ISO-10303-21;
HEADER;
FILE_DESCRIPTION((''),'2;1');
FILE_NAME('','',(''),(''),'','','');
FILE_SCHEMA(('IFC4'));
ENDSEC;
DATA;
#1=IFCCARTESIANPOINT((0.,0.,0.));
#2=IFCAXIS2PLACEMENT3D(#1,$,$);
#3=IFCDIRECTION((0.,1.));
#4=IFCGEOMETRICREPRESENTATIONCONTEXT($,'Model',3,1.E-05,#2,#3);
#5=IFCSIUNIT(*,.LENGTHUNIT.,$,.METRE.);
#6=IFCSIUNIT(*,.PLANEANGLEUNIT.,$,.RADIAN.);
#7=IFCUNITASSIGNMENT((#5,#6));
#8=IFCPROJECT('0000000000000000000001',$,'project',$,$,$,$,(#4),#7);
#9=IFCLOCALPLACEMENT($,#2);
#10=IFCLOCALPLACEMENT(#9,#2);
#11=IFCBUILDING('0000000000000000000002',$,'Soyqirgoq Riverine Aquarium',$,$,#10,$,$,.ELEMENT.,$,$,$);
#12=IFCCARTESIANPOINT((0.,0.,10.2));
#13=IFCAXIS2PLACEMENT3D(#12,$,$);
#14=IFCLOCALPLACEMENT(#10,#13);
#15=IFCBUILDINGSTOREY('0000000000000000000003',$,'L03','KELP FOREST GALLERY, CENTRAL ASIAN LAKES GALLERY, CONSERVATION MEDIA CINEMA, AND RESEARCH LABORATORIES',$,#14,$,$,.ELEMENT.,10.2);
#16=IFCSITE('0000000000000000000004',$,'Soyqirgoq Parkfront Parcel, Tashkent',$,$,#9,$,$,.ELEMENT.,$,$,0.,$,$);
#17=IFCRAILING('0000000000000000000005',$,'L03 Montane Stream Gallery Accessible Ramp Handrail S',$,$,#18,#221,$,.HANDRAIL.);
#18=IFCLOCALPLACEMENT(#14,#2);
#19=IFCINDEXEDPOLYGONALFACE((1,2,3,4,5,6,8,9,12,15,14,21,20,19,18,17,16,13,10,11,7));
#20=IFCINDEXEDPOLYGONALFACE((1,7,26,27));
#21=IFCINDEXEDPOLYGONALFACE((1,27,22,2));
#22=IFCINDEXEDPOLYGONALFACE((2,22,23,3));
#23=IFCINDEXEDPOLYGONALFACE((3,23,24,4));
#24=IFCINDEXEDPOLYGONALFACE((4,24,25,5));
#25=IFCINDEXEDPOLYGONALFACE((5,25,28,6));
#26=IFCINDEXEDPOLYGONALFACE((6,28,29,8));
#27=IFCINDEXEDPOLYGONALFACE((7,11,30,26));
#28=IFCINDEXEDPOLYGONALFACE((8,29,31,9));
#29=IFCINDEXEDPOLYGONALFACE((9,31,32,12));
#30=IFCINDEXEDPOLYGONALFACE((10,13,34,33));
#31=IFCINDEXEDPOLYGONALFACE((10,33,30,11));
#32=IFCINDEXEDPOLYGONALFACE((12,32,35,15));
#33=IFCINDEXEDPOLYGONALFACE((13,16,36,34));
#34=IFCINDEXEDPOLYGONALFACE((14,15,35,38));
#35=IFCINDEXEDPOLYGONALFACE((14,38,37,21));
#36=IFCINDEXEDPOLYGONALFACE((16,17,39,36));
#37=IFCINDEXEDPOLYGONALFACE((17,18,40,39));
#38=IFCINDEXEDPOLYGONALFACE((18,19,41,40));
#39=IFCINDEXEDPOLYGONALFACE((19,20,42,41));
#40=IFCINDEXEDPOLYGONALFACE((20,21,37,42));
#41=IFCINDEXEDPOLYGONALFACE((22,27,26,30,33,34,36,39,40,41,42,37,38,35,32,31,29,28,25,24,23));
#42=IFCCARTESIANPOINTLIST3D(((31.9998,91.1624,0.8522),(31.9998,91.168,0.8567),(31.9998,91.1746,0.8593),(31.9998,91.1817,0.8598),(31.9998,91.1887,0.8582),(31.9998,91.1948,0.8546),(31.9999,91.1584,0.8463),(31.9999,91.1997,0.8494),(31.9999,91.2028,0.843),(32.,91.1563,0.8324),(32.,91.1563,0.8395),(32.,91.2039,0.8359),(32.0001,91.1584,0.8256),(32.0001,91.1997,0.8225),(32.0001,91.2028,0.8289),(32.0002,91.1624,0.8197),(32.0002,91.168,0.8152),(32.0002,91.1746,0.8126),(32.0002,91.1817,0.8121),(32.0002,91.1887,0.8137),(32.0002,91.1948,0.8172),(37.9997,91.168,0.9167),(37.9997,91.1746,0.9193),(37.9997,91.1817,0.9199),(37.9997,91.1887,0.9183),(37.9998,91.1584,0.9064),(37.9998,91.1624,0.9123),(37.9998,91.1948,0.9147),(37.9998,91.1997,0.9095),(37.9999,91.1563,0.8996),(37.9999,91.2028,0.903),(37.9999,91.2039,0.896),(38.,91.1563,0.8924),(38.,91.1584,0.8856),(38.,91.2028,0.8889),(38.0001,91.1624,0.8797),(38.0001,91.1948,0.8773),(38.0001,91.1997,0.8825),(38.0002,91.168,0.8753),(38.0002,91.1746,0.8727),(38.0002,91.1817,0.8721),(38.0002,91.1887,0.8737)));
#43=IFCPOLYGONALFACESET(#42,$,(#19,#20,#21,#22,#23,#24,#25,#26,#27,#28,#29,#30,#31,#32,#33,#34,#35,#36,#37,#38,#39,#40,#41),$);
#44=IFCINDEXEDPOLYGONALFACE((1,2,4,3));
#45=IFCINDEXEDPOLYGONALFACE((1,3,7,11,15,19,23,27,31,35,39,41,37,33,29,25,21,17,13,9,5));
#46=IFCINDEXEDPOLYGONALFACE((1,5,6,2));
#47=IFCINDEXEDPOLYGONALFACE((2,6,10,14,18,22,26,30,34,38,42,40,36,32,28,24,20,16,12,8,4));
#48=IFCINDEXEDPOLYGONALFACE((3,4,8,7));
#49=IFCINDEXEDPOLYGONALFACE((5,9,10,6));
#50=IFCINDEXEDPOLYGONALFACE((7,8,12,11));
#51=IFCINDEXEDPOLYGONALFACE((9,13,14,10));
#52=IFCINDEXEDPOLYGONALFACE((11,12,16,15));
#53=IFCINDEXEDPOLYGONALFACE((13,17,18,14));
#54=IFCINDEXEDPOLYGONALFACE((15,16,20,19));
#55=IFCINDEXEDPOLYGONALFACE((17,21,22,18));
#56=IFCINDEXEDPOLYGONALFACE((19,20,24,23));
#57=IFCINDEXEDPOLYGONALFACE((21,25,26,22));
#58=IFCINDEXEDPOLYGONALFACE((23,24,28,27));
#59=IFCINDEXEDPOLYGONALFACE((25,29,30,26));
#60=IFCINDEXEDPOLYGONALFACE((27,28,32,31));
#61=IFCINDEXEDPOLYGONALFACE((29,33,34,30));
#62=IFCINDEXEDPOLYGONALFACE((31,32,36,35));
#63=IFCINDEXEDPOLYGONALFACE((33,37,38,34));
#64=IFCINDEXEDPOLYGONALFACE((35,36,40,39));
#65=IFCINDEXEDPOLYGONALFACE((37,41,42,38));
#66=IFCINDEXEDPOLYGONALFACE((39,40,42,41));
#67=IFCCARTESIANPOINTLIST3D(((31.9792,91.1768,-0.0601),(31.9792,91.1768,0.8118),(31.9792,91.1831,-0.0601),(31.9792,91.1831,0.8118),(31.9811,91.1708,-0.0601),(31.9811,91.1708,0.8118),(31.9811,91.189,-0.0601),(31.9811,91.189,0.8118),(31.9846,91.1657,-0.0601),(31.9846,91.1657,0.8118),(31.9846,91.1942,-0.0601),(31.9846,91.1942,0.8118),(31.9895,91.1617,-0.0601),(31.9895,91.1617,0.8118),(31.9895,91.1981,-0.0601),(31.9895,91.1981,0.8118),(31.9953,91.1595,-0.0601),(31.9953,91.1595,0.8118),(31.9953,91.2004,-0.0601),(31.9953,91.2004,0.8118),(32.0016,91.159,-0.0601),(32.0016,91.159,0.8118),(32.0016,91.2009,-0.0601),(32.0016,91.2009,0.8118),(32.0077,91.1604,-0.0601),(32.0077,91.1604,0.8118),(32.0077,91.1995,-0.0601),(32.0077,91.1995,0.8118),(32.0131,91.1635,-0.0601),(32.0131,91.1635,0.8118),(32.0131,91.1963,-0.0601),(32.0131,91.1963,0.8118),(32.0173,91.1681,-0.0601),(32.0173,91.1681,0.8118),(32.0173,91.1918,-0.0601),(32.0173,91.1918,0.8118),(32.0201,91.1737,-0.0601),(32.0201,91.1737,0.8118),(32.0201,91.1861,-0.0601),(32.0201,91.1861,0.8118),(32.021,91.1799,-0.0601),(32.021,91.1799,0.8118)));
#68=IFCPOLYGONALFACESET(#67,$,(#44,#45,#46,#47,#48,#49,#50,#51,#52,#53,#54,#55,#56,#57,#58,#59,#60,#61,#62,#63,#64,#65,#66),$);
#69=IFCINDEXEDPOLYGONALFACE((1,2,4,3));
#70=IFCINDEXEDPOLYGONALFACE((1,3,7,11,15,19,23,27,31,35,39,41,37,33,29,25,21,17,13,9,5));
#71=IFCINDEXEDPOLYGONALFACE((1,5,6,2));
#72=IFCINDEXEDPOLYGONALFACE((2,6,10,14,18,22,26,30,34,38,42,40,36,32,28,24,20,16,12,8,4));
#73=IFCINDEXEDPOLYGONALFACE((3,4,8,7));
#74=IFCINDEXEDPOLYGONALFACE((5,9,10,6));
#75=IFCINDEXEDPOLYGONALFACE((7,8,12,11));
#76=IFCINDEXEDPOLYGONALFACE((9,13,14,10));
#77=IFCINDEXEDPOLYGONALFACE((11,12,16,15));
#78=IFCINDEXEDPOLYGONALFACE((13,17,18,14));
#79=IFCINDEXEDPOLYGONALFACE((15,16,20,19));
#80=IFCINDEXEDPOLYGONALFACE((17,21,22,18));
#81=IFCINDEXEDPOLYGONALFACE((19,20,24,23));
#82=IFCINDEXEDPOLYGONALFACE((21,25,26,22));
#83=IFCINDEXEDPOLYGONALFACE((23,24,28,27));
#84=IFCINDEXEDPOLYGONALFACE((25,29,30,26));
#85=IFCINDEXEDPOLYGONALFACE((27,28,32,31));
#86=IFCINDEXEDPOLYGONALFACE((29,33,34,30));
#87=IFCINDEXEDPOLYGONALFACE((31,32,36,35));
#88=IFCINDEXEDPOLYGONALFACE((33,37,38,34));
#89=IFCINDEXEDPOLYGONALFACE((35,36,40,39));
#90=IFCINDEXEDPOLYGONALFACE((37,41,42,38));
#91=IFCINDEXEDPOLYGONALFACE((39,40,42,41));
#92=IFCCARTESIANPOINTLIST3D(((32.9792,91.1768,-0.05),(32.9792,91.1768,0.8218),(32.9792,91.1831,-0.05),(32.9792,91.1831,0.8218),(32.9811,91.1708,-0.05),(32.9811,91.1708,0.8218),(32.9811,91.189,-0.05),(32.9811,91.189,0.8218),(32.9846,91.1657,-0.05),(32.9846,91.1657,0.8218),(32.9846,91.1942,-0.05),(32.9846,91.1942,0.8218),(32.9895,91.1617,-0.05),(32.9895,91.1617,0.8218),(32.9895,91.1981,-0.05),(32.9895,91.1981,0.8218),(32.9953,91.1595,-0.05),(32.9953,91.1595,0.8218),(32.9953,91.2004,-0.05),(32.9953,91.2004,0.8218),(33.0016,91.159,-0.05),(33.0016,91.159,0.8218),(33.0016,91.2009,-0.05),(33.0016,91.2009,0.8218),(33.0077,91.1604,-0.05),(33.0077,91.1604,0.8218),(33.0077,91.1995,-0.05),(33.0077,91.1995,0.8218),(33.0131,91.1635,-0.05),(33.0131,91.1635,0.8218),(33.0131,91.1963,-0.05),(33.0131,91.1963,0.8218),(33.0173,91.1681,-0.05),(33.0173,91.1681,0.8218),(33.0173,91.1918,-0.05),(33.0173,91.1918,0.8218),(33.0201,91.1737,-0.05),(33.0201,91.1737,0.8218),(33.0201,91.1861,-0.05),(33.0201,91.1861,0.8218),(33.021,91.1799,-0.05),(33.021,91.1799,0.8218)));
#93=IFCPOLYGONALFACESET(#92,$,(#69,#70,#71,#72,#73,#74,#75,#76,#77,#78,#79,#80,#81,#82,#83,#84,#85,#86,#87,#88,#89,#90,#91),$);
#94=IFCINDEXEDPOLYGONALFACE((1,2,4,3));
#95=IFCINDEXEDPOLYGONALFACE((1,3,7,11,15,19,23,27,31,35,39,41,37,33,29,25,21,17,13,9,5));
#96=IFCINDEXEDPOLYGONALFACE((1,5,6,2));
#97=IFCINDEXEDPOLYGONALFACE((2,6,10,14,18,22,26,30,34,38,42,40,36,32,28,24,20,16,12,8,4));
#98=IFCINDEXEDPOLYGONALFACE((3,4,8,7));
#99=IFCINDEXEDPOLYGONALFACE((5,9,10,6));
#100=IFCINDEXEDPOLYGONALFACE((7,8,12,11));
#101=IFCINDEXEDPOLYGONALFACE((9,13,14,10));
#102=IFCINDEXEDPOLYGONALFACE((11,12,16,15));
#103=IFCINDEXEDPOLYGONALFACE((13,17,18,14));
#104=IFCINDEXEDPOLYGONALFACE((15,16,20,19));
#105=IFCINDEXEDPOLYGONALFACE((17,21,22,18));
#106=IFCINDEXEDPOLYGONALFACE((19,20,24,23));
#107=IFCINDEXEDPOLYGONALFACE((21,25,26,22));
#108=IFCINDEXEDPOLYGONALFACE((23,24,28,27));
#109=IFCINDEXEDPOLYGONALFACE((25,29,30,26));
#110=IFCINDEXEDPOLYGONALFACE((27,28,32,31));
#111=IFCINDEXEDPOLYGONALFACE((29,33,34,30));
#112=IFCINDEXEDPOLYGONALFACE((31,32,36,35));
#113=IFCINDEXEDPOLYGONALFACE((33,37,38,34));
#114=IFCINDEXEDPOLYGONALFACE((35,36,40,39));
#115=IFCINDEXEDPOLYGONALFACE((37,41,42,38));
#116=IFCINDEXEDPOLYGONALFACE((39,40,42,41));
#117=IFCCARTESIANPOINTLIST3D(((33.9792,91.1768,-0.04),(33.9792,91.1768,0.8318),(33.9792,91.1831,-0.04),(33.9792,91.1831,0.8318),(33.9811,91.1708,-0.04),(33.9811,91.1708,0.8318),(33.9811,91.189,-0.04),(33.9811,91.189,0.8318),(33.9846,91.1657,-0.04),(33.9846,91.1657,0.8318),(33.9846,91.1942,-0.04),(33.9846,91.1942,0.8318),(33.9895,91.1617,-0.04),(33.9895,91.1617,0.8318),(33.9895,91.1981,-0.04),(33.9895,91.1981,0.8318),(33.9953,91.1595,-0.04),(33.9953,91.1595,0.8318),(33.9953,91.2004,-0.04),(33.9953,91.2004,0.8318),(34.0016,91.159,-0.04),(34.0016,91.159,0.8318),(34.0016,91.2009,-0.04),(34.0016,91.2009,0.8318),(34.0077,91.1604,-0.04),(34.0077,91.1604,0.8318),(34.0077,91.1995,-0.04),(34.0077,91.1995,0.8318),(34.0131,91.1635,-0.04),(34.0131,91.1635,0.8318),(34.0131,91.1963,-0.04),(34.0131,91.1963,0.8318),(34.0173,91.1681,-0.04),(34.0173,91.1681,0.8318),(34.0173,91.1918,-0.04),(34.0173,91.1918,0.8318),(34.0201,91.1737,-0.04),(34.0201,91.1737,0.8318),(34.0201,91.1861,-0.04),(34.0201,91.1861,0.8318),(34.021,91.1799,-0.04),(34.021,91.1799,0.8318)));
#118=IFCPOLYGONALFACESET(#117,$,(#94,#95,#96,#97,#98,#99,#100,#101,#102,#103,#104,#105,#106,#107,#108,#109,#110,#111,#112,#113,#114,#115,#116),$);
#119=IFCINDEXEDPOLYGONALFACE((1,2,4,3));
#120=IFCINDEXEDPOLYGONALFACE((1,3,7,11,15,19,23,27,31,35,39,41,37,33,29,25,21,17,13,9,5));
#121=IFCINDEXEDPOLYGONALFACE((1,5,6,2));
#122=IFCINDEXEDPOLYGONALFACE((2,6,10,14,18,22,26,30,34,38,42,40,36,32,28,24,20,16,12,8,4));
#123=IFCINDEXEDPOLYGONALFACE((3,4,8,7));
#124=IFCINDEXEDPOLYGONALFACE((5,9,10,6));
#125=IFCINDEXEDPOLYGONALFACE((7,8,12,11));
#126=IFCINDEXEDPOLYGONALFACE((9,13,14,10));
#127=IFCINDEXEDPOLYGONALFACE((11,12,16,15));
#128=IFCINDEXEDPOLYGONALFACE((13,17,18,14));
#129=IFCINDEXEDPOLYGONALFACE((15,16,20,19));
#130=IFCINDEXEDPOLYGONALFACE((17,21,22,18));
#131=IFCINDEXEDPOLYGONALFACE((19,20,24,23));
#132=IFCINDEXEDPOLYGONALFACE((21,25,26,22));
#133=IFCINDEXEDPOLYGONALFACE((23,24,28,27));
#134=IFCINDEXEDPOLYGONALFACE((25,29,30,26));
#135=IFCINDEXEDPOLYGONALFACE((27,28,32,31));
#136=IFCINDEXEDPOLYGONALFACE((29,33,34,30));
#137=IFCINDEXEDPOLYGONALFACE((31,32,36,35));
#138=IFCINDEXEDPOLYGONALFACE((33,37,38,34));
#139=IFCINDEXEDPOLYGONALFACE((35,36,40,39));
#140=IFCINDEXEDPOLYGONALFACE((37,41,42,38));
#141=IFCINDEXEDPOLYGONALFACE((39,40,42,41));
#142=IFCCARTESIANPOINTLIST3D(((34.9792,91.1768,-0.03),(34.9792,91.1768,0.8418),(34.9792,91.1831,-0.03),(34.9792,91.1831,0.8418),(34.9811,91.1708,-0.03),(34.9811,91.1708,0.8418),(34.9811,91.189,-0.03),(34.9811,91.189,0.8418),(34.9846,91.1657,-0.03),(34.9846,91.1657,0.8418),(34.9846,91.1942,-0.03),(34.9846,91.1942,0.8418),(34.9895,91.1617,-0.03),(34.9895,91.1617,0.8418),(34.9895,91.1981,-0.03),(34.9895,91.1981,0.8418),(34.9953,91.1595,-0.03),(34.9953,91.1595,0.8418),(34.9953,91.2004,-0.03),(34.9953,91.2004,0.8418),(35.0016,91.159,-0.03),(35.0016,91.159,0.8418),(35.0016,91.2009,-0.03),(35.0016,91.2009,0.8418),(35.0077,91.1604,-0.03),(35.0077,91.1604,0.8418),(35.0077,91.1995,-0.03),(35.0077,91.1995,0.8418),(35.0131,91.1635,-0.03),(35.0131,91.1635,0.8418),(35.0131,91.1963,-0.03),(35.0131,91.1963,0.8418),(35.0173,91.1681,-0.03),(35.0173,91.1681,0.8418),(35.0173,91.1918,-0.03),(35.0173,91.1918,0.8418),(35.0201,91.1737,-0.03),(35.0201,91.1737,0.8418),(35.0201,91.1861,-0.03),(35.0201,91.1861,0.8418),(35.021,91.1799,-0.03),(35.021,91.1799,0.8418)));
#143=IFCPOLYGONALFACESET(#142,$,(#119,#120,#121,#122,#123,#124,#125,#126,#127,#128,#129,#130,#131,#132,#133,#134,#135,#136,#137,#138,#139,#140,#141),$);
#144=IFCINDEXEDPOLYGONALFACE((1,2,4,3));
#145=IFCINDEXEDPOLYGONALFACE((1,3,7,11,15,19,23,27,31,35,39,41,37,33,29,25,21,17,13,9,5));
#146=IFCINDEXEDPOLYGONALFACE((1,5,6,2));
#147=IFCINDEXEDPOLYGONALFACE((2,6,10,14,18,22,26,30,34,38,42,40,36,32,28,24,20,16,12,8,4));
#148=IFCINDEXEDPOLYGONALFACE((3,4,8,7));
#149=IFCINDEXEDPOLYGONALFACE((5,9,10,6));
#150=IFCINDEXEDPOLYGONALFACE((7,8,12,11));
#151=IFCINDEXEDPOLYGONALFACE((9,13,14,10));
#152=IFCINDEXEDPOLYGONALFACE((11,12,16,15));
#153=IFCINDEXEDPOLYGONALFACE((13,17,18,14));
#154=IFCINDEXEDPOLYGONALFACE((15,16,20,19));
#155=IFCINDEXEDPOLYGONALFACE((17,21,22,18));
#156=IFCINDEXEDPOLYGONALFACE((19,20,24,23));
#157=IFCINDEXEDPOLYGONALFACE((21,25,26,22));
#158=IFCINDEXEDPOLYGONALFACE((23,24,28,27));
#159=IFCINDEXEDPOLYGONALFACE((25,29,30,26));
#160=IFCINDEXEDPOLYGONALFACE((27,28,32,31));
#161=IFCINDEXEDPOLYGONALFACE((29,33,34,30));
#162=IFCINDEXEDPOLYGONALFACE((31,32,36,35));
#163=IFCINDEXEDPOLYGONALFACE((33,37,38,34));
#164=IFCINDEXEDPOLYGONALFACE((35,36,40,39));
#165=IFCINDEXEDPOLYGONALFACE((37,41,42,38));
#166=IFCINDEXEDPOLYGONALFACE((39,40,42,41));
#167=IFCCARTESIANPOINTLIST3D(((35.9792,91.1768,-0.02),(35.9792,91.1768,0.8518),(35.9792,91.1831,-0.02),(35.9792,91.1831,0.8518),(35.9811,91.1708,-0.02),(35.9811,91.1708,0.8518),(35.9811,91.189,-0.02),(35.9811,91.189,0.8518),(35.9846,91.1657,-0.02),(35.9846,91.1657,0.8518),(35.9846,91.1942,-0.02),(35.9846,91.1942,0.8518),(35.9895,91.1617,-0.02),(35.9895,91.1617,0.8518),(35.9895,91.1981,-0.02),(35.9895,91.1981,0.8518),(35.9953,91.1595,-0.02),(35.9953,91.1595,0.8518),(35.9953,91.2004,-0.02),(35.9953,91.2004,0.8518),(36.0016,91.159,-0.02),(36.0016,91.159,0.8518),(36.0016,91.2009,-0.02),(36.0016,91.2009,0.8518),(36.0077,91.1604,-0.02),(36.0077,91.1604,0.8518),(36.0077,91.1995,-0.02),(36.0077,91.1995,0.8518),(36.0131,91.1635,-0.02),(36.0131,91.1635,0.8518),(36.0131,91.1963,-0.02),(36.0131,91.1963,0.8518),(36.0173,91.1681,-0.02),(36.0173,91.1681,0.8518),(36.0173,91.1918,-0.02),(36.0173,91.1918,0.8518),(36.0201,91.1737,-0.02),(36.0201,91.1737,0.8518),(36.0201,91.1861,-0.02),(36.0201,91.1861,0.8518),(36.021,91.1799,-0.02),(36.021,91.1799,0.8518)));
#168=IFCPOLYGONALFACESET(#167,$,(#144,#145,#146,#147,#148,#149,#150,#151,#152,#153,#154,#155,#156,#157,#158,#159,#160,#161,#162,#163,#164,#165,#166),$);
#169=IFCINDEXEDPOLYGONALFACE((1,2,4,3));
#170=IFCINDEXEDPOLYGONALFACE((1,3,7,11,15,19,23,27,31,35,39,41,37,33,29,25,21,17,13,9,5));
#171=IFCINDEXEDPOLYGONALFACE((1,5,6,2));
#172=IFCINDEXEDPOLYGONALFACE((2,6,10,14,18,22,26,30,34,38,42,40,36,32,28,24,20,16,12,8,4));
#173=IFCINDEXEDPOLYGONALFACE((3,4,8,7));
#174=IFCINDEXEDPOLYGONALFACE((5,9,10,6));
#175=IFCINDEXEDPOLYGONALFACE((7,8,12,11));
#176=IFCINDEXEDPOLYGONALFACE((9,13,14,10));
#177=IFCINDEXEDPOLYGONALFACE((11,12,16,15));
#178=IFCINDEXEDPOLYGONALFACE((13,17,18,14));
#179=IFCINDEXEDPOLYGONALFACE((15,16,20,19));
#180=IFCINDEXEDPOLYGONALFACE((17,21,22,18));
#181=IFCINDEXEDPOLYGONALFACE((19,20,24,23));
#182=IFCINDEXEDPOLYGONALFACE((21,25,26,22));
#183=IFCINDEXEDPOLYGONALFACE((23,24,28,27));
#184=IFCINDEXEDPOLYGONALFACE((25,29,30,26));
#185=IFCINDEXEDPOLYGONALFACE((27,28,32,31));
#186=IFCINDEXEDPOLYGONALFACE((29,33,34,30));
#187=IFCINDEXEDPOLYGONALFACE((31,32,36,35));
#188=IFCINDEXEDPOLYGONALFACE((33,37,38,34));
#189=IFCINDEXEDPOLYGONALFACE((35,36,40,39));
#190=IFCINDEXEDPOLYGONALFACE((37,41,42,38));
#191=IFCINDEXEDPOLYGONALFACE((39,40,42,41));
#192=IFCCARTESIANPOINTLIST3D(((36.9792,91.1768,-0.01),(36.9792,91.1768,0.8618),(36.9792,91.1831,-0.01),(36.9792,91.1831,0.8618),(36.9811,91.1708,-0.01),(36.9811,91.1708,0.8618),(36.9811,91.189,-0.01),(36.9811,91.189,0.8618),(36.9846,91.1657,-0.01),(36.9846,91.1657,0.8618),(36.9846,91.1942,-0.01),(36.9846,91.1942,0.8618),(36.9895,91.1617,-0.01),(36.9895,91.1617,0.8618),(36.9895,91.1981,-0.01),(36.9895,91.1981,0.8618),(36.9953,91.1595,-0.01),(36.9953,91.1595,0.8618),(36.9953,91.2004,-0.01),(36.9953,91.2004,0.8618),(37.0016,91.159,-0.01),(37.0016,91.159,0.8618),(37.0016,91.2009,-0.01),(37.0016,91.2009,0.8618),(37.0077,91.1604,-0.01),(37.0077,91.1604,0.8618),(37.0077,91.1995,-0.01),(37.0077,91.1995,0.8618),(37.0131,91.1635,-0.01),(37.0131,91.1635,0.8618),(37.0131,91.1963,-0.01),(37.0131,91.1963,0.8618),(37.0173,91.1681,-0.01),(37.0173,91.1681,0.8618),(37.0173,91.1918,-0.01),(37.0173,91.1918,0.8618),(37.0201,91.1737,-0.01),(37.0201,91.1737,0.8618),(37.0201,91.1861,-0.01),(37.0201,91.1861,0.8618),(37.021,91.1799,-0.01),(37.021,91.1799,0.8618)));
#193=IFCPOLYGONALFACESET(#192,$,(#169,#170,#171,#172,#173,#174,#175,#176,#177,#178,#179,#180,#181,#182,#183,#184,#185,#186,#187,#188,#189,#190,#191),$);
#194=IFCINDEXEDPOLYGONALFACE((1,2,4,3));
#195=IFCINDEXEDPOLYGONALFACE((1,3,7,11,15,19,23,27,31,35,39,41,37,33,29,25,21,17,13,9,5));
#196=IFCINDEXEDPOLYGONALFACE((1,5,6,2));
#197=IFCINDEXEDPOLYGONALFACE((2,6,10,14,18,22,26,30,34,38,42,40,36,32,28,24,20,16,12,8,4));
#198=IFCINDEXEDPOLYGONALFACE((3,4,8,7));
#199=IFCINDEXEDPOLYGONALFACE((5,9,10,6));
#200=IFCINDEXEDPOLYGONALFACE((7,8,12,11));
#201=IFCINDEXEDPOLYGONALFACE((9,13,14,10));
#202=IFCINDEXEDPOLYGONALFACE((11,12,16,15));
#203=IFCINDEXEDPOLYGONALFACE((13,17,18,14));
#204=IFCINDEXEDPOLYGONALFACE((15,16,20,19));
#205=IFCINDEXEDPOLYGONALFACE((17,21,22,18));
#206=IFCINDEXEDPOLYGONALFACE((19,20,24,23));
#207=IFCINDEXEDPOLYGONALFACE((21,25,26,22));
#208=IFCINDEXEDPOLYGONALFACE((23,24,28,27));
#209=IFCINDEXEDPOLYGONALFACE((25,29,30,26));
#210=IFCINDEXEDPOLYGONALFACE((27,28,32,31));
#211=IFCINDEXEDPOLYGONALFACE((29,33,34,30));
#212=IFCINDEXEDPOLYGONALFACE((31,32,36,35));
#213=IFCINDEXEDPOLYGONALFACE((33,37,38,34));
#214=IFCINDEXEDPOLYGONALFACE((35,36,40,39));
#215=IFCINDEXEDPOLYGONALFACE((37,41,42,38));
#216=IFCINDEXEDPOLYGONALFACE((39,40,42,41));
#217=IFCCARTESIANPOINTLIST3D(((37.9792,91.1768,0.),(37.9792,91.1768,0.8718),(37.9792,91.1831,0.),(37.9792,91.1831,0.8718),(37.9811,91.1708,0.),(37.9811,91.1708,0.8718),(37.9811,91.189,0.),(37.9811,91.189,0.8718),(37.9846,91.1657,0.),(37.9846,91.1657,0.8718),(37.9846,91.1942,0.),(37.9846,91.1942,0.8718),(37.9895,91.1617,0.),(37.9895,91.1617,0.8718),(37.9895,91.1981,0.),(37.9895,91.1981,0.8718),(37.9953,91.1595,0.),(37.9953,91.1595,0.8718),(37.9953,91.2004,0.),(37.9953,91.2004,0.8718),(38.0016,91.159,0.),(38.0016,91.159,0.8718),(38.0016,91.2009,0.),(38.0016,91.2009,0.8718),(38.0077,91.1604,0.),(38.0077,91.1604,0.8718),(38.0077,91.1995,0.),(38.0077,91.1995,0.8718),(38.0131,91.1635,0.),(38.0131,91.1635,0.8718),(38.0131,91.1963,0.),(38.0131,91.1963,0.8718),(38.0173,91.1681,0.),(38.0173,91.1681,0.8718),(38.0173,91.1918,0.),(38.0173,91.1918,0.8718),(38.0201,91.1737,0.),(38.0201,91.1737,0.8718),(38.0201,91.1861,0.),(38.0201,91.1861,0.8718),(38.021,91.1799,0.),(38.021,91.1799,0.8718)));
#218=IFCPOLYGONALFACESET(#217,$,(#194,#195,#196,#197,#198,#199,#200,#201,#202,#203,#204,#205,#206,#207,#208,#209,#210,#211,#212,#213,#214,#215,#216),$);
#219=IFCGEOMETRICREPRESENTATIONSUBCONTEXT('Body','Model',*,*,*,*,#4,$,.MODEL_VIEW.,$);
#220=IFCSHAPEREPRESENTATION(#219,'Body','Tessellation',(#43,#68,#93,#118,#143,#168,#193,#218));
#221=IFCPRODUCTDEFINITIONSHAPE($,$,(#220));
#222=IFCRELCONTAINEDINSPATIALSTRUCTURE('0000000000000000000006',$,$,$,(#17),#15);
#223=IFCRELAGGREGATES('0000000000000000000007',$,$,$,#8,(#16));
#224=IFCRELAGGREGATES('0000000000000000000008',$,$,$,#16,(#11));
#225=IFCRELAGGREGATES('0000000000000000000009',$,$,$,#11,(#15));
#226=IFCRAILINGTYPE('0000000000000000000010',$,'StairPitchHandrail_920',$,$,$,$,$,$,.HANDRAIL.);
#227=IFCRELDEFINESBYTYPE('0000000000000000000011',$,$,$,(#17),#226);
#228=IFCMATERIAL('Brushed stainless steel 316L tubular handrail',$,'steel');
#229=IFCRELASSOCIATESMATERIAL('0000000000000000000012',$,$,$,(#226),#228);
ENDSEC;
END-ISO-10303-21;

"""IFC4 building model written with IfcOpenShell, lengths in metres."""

from ifc_helpers import new_model, si_unit, direction, frame, origin, origin_2d, place, context, subcontext, project, spatial, circle, extrude, material, type_object, element, save


model = new_model("IFC4")

# Units and contexts
model_context = context("Model", 3, precision=1e-05, world=origin(), true_north=direction((0.0, 1.0)))
body_context = subcontext(model_context, "Body", "Model", "MODEL_VIEW")
ifc_project = project(units=[si_unit("LENGTHUNIT", "METRE"), si_unit("PLANEANGLEUNIT", "RADIAN")], contexts=[model_context])

# Site, building, storey
site_placement = place(None, origin())
site = spatial("IfcSite", under=ifc_project, at=site_placement, Name="Soyqirgoq Parkfront Parcel, Tashkent", CompositionType="ELEMENT", RefElevation=0.0)
building_placement = place(site_placement, origin())
building = spatial("IfcBuilding", under=site, at=building_placement, Name="Soyqirgoq Riverine Aquarium", CompositionType="ELEMENT")
storey_placement = place(building_placement, frame((0.0, 0.0, 10.2)))
storey = spatial("IfcBuildingStorey", under=building, at=storey_placement, Name="L03", Description="KELP FOREST GALLERY, CENTRAL ASIAN LAKES GALLERY, CONSERVATION MEDIA CINEMA, AND RESEARCH LABORATORIES", CompositionType="ELEMENT", Elevation=10.2)

# Railing
ifc_material_1 = material(Name="Brushed stainless steel 316L tubular handrail", Category="steel")
railing_type_1 = type_object("IfcRailingType", Name="StairPitchHandrail_920", PredefinedType="HANDRAIL", material=ifc_material_1)
railing_1_placement = place(storey_placement, frame((32.0, 91.1799, -0.0601)))
element("IfcRailing", 1, at=railing_1_placement, inside=storey, type_object=railing_type_1, Name="L03 Montane Stream Gallery Accessible Ramp Handrail S", PredefinedType="HANDRAIL", context=body_context, shape_type="SweptSolid", body=[
    extrude(circle(Radius=0.0239, at=origin_2d()), frame((0.0, 0.0, 0.896), z_axis=(0.99995, 0.0, 0.010009), x_axis=(0.0, 1.0, 0.0)), (0.0, 0.0, 1.0), 6.0002),
    extrude(circle(Radius=0.021, at=origin_2d()), origin(), (0.0, 0.0, 1.0), 0.8718),
    extrude(circle(Radius=0.021, at=origin_2d()), frame((1.0, 0.0, 0.01)), (0.0, 0.0, 1.0), 0.8718),
    extrude(circle(Radius=0.021, at=origin_2d()), frame((2.0, 0.0, 0.02)), (0.0, 0.0, 1.0), 0.8718),
    extrude(circle(Radius=0.021, at=origin_2d()), frame((3.0, 0.0, 0.03)), (0.0, 0.0, 1.0), 0.8718),
    extrude(circle(Radius=0.021, at=origin_2d()), frame((4.0, 0.0, 0.04)), (0.0, 0.0, 1.0), 0.8718),
    extrude(circle(Radius=0.021, at=origin_2d()), frame((5.0, 0.0, 0.05)), (0.0, 0.0, 1.0), 0.8718),
    extrude(circle(Radius=0.021, at=origin_2d()), frame((6.0, 0.0, 0.0601)), (0.0, 0.0, 1.0), 0.8718),
])

save(model, "model.ifc")
